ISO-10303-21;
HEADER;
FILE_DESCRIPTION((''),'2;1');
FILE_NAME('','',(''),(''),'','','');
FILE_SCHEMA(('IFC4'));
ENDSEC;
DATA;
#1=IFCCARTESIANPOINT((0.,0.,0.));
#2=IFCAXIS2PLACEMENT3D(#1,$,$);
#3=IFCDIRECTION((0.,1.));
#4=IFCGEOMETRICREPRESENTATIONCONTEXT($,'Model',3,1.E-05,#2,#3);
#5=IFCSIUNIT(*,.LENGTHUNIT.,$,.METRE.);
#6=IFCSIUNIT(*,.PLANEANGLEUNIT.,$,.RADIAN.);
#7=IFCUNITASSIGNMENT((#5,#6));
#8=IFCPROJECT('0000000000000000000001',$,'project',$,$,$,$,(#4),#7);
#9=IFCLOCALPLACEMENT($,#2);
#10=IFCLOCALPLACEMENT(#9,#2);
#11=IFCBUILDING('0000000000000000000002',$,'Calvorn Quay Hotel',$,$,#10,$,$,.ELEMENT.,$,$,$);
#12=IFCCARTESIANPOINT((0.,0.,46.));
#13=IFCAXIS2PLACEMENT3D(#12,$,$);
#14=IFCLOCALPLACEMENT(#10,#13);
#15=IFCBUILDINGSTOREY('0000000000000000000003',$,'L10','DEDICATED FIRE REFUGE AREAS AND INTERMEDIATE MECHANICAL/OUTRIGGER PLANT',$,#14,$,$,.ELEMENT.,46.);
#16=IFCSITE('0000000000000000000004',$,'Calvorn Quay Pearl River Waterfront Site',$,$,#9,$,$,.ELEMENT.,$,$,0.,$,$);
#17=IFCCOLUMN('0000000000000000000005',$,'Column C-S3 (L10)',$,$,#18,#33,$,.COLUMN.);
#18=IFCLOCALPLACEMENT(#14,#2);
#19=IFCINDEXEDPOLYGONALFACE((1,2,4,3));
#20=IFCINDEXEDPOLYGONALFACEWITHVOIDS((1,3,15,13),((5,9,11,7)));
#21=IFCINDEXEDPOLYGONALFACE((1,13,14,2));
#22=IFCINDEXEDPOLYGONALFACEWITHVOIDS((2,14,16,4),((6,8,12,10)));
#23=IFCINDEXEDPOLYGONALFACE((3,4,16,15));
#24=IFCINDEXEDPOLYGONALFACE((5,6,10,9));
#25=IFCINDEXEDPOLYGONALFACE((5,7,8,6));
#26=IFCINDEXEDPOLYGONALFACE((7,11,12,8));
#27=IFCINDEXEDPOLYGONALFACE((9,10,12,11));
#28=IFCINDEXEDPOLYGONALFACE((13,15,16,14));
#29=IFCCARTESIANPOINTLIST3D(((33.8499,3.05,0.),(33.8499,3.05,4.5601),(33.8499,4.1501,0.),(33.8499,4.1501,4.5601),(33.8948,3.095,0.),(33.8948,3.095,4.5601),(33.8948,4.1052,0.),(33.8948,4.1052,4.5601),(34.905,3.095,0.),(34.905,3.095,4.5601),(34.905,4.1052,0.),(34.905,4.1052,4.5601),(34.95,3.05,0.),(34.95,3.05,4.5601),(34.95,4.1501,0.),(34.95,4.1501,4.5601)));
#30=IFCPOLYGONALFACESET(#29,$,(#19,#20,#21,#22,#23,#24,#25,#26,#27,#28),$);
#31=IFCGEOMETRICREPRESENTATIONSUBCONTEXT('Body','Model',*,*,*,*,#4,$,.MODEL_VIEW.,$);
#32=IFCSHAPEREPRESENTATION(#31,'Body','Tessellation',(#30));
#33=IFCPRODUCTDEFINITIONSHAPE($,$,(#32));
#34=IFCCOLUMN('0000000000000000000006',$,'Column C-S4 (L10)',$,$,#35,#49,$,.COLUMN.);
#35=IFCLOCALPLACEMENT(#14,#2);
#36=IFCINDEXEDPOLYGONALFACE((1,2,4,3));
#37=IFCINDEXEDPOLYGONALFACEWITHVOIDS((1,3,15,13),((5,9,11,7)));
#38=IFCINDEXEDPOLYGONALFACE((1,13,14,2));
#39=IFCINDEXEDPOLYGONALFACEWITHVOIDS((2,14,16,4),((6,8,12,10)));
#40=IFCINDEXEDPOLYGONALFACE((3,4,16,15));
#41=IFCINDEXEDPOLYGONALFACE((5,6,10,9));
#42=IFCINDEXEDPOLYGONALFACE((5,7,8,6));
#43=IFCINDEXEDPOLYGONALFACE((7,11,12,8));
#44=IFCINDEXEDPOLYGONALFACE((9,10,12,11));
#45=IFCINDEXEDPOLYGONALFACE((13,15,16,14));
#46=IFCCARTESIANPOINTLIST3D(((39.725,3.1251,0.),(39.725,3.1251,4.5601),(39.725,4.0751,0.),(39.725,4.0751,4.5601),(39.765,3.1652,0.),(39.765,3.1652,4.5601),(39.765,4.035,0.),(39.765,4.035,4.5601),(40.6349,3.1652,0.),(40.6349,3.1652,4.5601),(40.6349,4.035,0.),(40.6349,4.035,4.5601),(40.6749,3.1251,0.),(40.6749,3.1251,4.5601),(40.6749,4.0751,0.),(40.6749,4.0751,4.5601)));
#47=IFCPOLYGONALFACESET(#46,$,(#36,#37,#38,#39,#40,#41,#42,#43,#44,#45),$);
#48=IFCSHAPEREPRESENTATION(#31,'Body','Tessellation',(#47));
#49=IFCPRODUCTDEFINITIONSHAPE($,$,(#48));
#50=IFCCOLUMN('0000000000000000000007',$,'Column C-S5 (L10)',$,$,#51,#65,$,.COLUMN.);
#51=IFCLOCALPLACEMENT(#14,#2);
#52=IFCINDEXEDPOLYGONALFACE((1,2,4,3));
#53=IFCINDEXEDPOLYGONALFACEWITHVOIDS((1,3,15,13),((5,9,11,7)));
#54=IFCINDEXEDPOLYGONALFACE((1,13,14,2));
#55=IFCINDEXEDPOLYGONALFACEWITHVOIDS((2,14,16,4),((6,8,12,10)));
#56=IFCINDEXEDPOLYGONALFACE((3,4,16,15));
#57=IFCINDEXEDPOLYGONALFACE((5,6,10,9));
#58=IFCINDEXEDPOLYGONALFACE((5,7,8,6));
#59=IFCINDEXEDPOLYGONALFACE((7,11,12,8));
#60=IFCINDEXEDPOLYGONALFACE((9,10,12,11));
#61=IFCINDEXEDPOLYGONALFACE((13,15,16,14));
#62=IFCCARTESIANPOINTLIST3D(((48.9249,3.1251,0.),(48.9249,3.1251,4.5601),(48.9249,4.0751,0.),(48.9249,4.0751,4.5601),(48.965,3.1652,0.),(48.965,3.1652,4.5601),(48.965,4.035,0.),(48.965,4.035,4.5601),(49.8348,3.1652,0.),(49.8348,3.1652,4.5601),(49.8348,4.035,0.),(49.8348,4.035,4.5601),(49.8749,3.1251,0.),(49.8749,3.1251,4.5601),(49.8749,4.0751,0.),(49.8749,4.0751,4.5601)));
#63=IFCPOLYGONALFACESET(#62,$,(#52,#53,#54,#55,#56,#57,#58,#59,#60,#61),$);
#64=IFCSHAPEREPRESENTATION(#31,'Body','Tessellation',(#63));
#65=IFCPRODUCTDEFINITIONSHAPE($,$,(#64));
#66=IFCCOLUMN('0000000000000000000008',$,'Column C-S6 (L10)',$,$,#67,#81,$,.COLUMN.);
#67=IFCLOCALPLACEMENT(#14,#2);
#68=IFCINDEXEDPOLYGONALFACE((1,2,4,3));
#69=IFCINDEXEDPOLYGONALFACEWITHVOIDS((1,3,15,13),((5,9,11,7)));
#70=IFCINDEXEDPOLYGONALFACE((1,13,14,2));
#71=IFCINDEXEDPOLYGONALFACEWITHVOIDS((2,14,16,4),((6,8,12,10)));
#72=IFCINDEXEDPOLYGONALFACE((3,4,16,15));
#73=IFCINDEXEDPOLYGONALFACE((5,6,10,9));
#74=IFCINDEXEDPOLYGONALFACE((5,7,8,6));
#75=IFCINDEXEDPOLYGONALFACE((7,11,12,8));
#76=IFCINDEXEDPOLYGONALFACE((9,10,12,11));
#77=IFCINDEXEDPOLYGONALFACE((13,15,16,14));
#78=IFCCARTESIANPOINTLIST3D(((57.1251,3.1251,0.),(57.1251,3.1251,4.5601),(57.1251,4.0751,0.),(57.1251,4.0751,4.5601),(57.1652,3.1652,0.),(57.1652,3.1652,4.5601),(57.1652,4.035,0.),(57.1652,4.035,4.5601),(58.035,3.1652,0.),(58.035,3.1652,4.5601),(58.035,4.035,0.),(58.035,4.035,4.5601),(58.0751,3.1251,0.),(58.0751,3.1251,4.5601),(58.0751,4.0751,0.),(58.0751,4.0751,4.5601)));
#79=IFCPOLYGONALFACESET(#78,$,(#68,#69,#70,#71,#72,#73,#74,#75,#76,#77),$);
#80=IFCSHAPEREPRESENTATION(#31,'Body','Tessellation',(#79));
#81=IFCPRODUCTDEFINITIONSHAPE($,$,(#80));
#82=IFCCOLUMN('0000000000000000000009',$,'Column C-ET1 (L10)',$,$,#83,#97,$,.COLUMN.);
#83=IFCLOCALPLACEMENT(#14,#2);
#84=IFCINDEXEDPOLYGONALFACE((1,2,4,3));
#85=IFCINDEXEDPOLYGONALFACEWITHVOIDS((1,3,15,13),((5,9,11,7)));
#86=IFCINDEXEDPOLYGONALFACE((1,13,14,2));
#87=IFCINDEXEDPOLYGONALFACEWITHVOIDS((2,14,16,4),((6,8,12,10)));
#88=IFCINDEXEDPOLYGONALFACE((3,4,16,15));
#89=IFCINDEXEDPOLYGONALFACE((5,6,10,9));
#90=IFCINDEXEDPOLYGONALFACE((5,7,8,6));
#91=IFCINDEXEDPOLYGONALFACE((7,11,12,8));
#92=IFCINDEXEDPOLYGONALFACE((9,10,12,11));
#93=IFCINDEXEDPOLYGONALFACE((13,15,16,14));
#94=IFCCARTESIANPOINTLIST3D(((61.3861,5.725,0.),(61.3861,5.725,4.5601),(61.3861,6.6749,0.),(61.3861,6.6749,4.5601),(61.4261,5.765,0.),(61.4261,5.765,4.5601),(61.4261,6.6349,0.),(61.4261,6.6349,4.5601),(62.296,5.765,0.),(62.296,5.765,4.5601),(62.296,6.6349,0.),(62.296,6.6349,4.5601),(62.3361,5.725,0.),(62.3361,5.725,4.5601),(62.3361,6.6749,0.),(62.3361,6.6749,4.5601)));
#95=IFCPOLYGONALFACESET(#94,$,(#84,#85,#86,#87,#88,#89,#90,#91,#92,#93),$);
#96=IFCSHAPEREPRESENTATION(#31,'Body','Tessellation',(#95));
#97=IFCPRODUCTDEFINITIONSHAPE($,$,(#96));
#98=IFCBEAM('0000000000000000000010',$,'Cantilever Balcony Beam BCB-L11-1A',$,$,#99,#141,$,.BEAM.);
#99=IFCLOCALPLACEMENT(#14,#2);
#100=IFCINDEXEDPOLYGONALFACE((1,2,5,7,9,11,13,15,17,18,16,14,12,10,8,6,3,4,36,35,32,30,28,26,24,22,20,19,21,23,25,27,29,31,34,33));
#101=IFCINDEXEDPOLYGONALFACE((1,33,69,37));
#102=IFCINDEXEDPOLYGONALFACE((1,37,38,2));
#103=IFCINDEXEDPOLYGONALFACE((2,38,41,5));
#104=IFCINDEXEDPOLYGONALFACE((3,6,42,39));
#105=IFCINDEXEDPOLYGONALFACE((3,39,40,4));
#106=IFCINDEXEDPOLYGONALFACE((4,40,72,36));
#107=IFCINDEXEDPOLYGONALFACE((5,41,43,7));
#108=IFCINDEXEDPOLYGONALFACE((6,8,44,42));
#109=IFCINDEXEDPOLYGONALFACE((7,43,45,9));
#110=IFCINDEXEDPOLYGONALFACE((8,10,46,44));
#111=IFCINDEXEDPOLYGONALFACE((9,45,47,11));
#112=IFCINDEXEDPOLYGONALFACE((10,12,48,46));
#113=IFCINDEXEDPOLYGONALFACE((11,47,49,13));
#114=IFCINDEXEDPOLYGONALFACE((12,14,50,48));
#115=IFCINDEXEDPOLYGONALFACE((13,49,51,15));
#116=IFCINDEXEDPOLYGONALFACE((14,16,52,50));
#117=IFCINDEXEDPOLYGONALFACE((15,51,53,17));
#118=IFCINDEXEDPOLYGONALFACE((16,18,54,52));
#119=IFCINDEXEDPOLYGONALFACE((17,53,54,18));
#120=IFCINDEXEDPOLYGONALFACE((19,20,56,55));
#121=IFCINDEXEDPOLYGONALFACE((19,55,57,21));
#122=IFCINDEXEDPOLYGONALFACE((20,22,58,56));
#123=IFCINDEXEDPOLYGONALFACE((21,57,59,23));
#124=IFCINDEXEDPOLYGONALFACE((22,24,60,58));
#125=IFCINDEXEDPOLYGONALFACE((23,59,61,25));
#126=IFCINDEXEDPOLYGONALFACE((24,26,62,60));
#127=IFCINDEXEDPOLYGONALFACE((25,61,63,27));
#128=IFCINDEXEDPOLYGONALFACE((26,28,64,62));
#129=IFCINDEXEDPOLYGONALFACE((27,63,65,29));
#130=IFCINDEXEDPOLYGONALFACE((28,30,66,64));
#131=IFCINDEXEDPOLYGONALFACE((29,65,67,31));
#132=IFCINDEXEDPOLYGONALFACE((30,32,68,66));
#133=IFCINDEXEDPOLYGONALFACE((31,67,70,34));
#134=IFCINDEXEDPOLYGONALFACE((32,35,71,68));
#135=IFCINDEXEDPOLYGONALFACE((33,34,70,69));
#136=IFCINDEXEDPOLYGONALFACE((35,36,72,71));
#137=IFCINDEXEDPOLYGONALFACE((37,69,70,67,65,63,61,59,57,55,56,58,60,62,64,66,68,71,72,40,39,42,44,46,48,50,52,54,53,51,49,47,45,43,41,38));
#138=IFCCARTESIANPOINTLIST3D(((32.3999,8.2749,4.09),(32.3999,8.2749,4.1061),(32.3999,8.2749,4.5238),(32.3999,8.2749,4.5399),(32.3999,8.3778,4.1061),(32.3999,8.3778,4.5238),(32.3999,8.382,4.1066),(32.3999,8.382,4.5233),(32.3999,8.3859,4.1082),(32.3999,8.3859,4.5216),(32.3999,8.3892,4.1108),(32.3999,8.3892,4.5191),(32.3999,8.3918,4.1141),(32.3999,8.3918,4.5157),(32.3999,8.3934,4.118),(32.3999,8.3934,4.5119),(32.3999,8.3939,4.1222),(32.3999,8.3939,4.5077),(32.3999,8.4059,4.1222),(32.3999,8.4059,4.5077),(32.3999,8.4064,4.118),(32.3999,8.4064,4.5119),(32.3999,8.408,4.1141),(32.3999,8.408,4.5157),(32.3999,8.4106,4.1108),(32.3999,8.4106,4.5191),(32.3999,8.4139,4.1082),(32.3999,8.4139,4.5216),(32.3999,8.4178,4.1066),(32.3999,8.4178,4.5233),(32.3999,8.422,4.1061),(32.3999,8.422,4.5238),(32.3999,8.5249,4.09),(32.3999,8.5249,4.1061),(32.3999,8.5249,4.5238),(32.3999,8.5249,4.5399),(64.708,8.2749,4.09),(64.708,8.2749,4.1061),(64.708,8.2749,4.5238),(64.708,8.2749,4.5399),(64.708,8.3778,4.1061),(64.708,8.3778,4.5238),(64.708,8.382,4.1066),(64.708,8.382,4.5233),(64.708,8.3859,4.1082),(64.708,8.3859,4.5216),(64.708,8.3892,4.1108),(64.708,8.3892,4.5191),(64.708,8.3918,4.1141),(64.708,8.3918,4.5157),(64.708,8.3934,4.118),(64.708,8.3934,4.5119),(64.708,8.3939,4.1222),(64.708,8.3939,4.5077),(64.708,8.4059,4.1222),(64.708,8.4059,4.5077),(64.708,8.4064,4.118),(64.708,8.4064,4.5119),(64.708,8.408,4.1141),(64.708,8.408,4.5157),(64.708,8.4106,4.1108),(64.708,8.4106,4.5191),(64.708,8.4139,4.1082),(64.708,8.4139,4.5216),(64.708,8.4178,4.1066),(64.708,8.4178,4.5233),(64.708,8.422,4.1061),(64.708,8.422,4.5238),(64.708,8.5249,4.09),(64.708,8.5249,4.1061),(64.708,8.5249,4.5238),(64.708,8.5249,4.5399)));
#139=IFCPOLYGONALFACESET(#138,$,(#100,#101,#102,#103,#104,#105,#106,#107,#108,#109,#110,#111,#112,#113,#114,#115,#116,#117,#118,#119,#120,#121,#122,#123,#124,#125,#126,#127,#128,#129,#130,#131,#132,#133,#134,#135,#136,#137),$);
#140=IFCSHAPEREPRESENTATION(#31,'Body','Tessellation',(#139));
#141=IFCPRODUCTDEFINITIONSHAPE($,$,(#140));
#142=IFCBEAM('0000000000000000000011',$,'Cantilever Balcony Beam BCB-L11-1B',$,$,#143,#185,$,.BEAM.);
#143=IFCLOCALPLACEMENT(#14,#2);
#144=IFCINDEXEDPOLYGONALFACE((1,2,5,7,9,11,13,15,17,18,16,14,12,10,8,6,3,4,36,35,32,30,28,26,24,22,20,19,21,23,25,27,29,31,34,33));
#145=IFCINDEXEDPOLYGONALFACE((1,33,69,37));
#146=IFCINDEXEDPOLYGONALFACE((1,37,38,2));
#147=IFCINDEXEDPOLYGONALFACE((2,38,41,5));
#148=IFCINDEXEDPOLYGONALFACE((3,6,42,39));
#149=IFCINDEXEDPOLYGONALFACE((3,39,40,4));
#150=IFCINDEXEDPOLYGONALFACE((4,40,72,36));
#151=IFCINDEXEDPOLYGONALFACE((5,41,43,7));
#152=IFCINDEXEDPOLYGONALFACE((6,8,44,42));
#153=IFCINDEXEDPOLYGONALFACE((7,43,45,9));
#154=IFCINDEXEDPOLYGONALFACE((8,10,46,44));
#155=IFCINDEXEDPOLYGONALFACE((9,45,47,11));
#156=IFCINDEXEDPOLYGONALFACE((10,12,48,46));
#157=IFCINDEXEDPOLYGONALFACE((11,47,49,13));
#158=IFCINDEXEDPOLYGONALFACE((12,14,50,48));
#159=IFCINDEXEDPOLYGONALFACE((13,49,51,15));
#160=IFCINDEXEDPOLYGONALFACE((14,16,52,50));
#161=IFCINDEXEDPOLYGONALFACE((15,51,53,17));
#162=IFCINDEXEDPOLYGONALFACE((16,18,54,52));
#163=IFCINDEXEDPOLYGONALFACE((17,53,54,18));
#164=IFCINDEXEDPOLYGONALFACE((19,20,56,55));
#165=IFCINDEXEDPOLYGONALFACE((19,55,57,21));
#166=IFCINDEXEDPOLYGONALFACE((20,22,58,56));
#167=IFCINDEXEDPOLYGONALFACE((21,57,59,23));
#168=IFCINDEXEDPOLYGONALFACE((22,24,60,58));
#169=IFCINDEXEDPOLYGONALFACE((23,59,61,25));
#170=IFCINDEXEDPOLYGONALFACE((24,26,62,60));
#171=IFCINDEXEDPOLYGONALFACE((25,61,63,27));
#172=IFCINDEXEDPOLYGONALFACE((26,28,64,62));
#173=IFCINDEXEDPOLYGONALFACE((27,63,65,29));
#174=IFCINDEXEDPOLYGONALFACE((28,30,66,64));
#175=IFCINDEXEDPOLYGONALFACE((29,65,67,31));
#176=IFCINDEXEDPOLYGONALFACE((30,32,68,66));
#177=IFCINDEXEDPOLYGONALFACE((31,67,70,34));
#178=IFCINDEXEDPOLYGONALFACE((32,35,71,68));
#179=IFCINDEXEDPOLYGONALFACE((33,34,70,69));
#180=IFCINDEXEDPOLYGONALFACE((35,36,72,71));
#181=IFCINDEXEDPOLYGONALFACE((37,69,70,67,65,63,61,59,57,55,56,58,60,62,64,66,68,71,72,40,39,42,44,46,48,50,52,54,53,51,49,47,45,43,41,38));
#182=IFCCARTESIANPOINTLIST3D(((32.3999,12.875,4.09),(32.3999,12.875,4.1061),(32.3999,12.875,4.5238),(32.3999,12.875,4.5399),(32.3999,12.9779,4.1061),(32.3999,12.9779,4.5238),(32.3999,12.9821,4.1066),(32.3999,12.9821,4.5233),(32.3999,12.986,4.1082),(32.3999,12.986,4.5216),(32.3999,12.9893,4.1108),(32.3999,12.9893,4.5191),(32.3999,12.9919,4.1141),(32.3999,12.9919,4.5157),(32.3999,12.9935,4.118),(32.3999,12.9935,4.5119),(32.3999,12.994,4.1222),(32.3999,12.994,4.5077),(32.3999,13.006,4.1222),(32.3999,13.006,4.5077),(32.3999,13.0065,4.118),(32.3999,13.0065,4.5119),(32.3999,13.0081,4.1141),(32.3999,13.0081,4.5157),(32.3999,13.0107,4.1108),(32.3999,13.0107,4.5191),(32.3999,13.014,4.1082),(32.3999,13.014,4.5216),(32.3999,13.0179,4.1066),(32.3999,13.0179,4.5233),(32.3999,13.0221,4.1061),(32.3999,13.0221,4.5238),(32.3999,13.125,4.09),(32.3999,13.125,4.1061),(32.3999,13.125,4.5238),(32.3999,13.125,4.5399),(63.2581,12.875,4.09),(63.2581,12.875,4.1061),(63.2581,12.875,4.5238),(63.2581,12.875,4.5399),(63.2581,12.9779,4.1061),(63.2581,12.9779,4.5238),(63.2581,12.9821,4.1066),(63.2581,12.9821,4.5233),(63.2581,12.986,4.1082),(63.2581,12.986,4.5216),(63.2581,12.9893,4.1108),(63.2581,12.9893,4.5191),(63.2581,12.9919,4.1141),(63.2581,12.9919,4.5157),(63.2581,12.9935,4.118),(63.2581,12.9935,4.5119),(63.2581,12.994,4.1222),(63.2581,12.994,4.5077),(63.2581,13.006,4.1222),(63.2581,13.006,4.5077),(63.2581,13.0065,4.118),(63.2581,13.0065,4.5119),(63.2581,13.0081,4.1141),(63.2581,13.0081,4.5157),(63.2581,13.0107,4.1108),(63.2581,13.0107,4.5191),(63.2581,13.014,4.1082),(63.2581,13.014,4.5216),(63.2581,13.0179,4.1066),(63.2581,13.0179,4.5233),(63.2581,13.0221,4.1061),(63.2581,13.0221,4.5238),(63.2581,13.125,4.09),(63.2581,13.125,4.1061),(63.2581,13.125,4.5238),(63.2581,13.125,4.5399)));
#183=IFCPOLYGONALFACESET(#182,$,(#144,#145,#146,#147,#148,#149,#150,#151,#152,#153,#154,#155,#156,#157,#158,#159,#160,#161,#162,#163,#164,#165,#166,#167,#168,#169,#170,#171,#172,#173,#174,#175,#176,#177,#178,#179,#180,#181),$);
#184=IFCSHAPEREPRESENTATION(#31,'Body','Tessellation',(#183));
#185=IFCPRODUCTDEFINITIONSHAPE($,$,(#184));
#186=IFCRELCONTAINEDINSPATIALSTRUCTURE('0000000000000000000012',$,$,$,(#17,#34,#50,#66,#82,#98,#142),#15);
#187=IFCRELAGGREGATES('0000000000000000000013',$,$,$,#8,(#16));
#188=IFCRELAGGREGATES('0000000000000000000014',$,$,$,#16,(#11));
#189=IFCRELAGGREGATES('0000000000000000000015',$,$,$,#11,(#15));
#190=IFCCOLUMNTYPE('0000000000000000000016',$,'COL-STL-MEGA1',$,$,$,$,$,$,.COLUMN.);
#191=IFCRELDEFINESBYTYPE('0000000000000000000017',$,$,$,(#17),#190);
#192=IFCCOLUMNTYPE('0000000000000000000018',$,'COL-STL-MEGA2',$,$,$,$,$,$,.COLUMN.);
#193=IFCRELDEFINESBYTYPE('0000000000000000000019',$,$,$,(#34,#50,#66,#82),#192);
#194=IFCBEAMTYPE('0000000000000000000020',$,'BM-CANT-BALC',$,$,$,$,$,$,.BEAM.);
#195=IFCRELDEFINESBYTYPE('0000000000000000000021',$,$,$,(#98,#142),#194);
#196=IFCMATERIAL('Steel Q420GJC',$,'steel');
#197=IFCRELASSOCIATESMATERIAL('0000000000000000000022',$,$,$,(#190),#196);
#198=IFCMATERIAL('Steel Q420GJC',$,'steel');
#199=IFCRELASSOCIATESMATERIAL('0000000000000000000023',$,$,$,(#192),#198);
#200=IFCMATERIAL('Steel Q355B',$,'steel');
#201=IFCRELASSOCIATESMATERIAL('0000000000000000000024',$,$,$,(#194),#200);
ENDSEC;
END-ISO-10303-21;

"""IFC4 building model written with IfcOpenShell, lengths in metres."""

from ifc_helpers import new_model, si_unit, direction, frame, origin, origin_2d, place, context, subcontext, project, spatial, hollow_rectangle, i_section, extrude, material, material_profile, profile_set, type_object, element, save


model = new_model("IFC4")

# Units and contexts
model_context = context("Model", 3, precision=1e-05, world=origin(), true_north=direction((0.0, 1.0)))
body_context = subcontext(model_context, "Body", "Model", "MODEL_VIEW")
ifc_project = project(units=[si_unit("LENGTHUNIT", "METRE"), si_unit("PLANEANGLEUNIT", "RADIAN")], contexts=[model_context])

# Site, building, storey
site_placement = place(None, origin())
site = spatial("IfcSite", under=ifc_project, at=site_placement, Name="Calvorn Quay Pearl River Waterfront Site", CompositionType="ELEMENT", RefElevation=0.0)
building_placement = place(site_placement, origin())
building = spatial("IfcBuilding", under=site, at=building_placement, Name="Calvorn Quay Hotel", CompositionType="ELEMENT")
storey_placement = place(building_placement, frame((0.0, 0.0, 46.0)))
storey = spatial("IfcBuildingStorey", under=building, at=storey_placement, Name="L10", Description="DEDICATED FIRE REFUGE AREAS AND INTERMEDIATE MECHANICAL/OUTRIGGER PLANT", CompositionType="ELEMENT", Elevation=46.0)

# Columns
ifc_material_1 = material(Name="Steel Q420GJC", Category="steel")
ifc_material_profile_1 = material_profile(ifc_material_1, hollow_rectangle(XDim=1.1001, YDim=1.1001, WallThickness=0.0449, at=origin_2d()), Name="BOX1100x1100x45")
ifc_profile_set_1 = profile_set([ifc_material_profile_1], Name="Steel Q420GJC")
column_type_1 = type_object("IfcColumnType", Name="COL-STL-MEGA1", PredefinedType="COLUMN", material=ifc_profile_set_1)
column_placement = place(storey_placement, frame((34.3999, 3.6001, 0.0), z_axis=(0.0, 0.0, 1.0), x_axis=(1.0, 0.0, 0.0)))
element("IfcColumn", 1, at=column_placement, inside=storey, type_object=column_type_1, Name="Column C-S3 (L10)", PredefinedType="COLUMN", context=body_context, shape_type="SweptSolid", body=[
    extrude(hollow_rectangle(XDim=1.1001, YDim=1.1001, WallThickness=0.0449, at=origin_2d()), origin(), (0.0, 0.0, 1.0), 4.5601),
])
ifc_material_2 = material(Name="Steel Q420GJC", Category="steel")
ifc_material_profile_2 = material_profile(ifc_material_2, hollow_rectangle(XDim=0.95, YDim=0.95, WallThickness=0.04, at=origin_2d()), Name="BOX950x950x40")
ifc_profile_set_2 = profile_set([ifc_material_profile_2], Name="Steel Q420GJC")
column_type_2 = type_object("IfcColumnType", Name="COL-STL-MEGA2", PredefinedType="COLUMN", material=ifc_profile_set_2)
for number, where, z_axis, x_axis, name in (
    (2, (40.2, 3.6001, 0.0), (0.0, 0.0, 1.0), (1.0, 0.0, 0.0), "Column C-S4 (L10)"),
    (3, (49.3999, 3.6001, 0.0), (0.0, 0.0, 1.0), (1.0, 0.0, 0.0), "Column C-S5 (L10)"),
    (4, (57.6001, 3.6001, 0.0), (0.0, 0.0, 1.0), (1.0, 0.0, 0.0), "Column C-S6 (L10)"),
    (5, (61.8611, 6.2, 0.0), (0.0, 0.0, 1.0), (1.0, 0.0, 0.0), "Column C-ET1 (L10)"),
):
    element("IfcColumn", number, at=place(storey_placement, frame(where, z_axis=z_axis, x_axis=x_axis)), inside=storey, type_object=column_type_2, Name=name, PredefinedType="COLUMN", context=body_context, shape_type="SweptSolid", body=[
        extrude(hollow_rectangle(XDim=0.95, YDim=0.95, WallThickness=0.04, at=origin_2d()), origin(), (0.0, 0.0, 1.0), 4.5601),
    ])

# Beams
ifc_material_3 = material(Name="Steel Q355B", Category="steel")
ifc_material_profile_3 = material_profile(ifc_material_3, i_section(OverallWidth=0.25, OverallDepth=0.45, WebThickness=0.012, FlangeThickness=0.0161, FilletRadius=0.0161, at=origin_2d()), Name="HN450x250x12x16")
ifc_profile_set_3 = profile_set([ifc_material_profile_3], Name="Steel Q355B")
beam_type_1 = type_object("IfcBeamType", Name="BM-CANT-BALC", PredefinedType="BEAM", material=ifc_profile_set_3)
beam_1_placement = place(storey_placement, frame((32.3999, 8.3999, 4.3149), z_axis=(1.0, 0.0, 0.0), x_axis=(0.0, 1.0, 0.0)))
element("IfcBeam", 6, at=beam_1_placement, inside=storey, type_object=beam_type_1, Name="Cantilever Balcony Beam BCB-L11-1A", PredefinedType="BEAM", context=body_context, shape_type="SweptSolid", body=[
    extrude(i_section(OverallWidth=0.25, OverallDepth=0.45, WebThickness=0.012, FlangeThickness=0.0161, FilletRadius=0.0161, at=origin_2d()), origin(), (0.0, 0.0, 1.0), 32.3081),
])
beam_2_placement = place(storey_placement, frame((32.3999, 13.0, 4.3149), z_axis=(1.0, 0.0, 0.0), x_axis=(0.0, 1.0, 0.0)))
element("IfcBeam", 7, at=beam_2_placement, inside=storey, type_object=beam_type_1, Name="Cantilever Balcony Beam BCB-L11-1B", PredefinedType="BEAM", context=body_context, shape_type="SweptSolid", body=[
    extrude(i_section(OverallWidth=0.25, OverallDepth=0.45, WebThickness=0.012, FlangeThickness=0.0161, FilletRadius=0.0161, at=origin_2d()), origin(), (0.0, 0.0, 1.0), 30.8582),
])

save(model, "model.ifc")
